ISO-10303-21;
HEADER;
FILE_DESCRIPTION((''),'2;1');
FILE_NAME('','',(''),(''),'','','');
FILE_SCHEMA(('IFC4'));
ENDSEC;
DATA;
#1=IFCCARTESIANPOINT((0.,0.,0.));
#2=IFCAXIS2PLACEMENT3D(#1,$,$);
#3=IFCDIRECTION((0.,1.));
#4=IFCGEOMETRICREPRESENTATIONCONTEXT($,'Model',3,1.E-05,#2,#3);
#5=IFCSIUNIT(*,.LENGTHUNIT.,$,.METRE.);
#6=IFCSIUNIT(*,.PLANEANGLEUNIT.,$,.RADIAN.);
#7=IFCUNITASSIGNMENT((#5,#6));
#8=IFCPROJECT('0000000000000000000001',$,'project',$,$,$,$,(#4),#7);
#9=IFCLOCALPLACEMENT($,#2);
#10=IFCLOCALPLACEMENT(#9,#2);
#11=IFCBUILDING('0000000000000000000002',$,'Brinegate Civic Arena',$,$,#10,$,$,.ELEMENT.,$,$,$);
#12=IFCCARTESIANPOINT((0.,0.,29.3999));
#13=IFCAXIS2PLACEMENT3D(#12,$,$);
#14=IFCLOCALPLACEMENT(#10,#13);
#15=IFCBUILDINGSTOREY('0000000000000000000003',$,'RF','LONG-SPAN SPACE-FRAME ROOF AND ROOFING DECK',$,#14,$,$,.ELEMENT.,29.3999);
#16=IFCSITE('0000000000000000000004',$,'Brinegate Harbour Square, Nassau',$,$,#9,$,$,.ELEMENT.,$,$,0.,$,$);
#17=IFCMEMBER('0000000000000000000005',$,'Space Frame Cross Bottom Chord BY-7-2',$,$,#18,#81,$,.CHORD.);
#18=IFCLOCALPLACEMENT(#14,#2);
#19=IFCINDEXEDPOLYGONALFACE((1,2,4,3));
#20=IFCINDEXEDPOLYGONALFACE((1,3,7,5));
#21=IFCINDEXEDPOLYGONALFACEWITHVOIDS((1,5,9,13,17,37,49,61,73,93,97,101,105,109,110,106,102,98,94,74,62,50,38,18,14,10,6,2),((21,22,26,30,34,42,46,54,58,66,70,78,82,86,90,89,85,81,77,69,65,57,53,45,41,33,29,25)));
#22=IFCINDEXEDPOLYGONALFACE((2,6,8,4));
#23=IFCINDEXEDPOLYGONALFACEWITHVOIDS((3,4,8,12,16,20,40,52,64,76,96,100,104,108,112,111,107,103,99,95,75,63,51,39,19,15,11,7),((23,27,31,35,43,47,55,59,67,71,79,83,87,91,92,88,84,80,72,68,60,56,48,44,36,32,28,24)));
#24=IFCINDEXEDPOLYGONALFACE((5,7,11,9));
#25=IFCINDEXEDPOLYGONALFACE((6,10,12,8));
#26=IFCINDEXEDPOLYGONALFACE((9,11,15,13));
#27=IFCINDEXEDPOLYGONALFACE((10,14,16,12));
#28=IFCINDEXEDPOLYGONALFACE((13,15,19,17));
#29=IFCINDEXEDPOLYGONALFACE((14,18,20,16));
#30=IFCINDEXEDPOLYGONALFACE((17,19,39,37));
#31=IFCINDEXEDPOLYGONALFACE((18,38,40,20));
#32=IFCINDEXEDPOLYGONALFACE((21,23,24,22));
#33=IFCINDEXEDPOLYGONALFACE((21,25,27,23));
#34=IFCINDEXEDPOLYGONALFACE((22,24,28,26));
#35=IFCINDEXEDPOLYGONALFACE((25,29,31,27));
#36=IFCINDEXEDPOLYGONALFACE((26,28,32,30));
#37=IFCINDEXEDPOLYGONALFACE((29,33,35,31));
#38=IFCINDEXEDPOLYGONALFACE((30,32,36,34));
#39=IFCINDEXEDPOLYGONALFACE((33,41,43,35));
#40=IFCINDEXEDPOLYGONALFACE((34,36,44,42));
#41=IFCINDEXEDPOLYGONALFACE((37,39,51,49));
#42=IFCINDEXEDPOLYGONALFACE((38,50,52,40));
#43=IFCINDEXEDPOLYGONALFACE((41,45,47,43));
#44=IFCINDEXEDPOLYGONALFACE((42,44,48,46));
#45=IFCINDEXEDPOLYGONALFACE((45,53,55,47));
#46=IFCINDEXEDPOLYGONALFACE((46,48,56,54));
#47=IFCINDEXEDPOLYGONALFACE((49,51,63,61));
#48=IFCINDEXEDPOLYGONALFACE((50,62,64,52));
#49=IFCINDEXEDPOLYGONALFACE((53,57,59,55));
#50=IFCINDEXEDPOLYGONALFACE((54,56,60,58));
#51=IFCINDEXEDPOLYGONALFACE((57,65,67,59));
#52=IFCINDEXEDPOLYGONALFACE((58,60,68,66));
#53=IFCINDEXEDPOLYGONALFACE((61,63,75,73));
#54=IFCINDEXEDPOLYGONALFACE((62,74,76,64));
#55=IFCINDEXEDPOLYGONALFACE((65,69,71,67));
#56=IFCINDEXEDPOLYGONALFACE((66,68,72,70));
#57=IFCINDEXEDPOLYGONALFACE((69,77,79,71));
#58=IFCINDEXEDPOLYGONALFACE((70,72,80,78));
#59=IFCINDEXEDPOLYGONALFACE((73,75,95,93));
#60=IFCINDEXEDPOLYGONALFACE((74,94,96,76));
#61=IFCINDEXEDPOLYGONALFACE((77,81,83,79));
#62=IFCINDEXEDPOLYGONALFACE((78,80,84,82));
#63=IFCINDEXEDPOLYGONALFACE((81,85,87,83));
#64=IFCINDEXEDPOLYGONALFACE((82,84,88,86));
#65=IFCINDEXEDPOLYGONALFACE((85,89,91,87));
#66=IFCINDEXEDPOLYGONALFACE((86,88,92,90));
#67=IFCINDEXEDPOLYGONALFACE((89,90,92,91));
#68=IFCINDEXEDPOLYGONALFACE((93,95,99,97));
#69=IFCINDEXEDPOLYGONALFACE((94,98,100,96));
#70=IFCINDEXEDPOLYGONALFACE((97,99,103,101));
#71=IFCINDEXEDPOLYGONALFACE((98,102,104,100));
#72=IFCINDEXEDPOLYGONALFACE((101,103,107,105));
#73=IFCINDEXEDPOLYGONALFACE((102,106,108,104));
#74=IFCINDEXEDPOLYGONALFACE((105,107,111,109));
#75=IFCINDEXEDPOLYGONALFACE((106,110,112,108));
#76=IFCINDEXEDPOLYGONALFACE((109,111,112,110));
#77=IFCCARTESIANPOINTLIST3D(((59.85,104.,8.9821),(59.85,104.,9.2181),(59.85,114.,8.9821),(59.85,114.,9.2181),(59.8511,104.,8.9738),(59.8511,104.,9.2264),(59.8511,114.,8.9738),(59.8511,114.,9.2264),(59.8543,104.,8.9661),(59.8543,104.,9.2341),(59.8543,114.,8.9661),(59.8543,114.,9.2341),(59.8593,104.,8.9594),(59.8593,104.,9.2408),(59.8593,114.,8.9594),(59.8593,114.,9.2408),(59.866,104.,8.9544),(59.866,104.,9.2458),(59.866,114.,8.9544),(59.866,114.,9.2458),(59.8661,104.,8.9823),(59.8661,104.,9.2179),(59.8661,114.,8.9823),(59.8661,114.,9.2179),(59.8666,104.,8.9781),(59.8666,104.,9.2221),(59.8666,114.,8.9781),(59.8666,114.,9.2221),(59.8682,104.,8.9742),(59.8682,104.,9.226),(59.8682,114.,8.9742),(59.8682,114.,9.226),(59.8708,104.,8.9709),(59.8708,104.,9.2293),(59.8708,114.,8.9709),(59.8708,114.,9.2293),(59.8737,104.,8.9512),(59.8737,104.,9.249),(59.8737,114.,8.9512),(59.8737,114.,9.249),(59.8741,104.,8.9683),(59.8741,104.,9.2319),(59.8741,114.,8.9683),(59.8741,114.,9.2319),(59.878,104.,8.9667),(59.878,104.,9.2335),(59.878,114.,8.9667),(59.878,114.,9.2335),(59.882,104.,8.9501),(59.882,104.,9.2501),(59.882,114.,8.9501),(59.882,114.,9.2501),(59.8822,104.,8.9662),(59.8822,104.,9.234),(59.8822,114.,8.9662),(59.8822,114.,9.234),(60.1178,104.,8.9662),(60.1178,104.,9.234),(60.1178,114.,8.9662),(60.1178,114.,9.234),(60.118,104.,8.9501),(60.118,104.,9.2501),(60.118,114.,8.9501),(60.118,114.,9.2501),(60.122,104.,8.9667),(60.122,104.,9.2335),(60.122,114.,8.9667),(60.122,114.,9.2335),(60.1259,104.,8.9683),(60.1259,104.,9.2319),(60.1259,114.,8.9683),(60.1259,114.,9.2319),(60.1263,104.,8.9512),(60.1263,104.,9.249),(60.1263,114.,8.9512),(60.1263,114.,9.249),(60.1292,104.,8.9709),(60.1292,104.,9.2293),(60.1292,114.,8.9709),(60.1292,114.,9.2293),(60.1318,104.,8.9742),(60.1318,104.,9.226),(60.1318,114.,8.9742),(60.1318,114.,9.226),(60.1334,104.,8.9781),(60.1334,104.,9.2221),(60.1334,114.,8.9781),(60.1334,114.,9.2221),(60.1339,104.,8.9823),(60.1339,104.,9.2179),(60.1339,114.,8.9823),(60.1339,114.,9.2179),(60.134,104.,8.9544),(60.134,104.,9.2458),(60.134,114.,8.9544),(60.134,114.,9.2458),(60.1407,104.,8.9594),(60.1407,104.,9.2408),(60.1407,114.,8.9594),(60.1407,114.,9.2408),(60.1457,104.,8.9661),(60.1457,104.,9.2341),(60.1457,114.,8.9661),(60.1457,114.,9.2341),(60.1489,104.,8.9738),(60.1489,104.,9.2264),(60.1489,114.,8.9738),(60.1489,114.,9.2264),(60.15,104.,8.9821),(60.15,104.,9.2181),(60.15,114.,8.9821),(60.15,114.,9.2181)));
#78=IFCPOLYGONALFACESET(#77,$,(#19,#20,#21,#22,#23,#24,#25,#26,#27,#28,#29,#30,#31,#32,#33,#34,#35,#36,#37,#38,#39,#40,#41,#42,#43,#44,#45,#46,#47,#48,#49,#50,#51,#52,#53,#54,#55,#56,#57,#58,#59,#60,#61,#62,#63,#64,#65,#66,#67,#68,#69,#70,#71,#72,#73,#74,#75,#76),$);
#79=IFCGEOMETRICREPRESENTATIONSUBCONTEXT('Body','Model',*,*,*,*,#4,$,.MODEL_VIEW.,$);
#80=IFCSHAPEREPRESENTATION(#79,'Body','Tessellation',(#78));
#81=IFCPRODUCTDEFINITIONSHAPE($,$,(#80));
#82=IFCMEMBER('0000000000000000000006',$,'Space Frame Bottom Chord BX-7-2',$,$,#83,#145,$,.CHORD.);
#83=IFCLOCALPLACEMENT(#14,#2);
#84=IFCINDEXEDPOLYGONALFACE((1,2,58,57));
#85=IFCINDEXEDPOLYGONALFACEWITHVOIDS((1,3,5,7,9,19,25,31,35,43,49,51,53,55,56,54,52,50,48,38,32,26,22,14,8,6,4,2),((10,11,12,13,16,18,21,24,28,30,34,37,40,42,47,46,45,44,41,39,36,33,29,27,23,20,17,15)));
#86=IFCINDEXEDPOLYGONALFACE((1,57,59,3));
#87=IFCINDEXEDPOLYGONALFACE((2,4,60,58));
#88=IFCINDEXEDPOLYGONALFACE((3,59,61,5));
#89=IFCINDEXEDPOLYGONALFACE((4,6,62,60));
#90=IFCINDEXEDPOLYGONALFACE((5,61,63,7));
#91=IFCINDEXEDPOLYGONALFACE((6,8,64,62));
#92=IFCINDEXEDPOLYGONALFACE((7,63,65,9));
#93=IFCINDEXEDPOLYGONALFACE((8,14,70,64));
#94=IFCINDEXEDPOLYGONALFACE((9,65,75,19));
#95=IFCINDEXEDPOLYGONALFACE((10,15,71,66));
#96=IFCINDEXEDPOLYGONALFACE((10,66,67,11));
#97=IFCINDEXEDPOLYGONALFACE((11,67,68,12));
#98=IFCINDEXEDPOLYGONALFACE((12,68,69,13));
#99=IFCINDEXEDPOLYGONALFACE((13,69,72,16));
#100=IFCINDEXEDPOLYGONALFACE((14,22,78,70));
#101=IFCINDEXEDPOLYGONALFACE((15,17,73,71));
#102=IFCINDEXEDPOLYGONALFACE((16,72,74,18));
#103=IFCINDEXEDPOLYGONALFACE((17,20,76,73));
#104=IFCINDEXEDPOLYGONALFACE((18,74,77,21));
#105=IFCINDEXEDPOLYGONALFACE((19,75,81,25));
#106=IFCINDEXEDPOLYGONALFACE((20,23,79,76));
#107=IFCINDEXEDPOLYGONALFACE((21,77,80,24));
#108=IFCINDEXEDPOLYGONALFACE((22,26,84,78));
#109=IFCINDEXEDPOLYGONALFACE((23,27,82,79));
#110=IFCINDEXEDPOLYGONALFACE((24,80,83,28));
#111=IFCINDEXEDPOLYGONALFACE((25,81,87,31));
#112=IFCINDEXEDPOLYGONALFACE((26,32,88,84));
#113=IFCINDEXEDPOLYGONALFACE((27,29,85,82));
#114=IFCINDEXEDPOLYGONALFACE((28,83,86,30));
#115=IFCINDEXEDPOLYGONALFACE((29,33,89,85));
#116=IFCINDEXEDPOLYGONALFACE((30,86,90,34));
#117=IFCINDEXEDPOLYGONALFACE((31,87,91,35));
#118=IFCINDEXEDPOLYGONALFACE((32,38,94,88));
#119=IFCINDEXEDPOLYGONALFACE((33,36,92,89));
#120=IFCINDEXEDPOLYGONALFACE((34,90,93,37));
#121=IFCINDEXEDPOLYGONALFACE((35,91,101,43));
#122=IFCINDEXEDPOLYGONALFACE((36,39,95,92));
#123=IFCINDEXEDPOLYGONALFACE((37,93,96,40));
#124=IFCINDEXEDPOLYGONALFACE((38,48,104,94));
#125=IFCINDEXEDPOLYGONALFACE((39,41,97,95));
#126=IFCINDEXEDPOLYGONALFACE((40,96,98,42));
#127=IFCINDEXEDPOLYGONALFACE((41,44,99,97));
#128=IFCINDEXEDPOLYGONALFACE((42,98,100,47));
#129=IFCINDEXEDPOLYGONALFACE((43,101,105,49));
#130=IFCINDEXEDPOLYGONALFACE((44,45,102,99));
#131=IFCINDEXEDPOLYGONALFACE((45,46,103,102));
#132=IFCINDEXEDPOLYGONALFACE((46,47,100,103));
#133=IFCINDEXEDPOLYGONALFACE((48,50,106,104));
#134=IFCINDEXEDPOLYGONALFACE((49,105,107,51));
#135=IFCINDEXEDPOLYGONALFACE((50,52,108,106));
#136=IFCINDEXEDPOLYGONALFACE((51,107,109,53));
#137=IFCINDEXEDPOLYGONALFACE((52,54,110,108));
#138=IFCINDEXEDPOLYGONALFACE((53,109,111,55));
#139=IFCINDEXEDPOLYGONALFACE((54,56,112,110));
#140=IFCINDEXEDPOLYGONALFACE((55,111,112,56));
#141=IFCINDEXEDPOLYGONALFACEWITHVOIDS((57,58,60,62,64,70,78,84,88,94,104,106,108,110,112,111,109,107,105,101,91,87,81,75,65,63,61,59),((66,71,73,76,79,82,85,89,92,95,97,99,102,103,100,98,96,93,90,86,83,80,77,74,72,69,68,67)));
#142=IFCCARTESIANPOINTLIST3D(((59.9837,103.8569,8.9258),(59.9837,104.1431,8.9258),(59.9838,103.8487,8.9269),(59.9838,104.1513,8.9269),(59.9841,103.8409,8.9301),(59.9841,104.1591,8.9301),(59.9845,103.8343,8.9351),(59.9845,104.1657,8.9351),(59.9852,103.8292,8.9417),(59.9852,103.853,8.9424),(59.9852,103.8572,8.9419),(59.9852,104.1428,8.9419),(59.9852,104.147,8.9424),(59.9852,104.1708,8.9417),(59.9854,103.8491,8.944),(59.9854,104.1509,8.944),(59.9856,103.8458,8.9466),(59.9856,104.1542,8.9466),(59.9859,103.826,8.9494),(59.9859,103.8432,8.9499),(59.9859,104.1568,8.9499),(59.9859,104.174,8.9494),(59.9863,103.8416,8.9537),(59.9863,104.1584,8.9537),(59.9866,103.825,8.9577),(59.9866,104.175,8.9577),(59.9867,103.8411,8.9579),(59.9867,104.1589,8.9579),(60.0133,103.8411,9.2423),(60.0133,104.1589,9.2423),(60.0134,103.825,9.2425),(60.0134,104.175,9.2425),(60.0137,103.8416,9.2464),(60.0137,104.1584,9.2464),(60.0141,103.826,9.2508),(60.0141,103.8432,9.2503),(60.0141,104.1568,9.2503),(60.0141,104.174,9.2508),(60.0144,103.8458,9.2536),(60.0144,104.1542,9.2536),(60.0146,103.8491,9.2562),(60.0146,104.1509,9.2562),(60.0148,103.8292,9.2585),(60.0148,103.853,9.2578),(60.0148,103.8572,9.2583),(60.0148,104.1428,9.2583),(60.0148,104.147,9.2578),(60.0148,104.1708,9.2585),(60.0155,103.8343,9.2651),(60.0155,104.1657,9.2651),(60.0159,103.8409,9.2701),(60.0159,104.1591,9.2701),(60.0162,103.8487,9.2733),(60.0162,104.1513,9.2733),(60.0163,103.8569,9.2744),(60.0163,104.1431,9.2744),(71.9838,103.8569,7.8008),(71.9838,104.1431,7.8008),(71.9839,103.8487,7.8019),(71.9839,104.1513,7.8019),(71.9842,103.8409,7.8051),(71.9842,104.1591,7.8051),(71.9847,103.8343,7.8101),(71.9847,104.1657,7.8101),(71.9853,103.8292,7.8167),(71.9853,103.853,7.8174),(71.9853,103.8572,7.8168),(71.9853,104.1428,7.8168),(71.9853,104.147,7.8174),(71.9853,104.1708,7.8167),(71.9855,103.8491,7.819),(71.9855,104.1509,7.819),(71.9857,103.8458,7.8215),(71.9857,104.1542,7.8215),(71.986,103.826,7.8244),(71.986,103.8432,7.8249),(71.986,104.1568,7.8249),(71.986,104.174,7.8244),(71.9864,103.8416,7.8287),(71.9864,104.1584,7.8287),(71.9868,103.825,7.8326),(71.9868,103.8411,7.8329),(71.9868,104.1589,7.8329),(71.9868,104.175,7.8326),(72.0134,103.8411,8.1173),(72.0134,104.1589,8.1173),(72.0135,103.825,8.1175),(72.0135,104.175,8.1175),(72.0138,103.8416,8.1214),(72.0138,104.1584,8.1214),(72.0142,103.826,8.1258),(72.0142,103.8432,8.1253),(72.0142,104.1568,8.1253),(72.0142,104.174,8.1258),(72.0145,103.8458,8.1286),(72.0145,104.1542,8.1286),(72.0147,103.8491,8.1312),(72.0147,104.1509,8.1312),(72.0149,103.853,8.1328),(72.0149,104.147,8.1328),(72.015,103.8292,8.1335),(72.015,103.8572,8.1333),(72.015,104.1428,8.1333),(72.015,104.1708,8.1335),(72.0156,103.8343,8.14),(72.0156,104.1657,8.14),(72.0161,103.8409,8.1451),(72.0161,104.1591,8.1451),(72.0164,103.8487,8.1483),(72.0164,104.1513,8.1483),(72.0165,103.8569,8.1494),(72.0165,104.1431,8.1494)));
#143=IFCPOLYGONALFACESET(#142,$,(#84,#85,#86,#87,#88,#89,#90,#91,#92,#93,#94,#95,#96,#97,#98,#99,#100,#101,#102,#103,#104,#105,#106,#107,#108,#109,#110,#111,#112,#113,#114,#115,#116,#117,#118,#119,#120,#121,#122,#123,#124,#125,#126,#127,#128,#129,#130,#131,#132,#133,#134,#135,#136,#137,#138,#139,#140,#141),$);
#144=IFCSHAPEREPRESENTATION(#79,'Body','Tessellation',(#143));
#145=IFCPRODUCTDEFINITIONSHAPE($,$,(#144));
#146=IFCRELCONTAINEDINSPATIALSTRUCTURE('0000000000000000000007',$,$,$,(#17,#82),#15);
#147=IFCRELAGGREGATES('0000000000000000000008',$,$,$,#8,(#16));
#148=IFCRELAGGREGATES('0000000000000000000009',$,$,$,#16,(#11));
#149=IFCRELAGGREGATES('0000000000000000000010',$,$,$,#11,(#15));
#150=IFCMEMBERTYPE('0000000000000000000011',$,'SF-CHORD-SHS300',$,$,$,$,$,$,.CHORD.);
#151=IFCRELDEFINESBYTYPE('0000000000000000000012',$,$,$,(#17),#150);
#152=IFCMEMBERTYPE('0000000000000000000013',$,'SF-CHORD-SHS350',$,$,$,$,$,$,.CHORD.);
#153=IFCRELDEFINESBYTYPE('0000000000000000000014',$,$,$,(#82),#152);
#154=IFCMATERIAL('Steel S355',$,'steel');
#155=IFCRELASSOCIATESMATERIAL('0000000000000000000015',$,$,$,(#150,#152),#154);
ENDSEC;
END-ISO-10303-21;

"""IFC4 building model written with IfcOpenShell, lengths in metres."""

from ifc_helpers import new_model, si_unit, direction, frame, origin, origin_2d, place, context, subcontext, project, spatial, hollow_rectangle, extrude, material, material_profile, profile_set, type_object, element, save


model = new_model("IFC4")

# Units and contexts
model_context = context("Model", 3, precision=1e-05, world=origin(), true_north=direction((0.0, 1.0)))
body_context = subcontext(model_context, "Body", "Model", "MODEL_VIEW")
ifc_project = project(units=[si_unit("LENGTHUNIT", "METRE"), si_unit("PLANEANGLEUNIT", "RADIAN")], contexts=[model_context])

# Site, building, storey
site_placement = place(None, origin())
site = spatial("IfcSite", under=ifc_project, at=site_placement, Name="Brinegate Harbour Square, Nassau", CompositionType="ELEMENT", RefElevation=0.0)
building_placement = place(site_placement, origin())
building = spatial("IfcBuilding", under=site, at=building_placement, Name="Brinegate Civic Arena", CompositionType="ELEMENT")
storey_placement = place(building_placement, frame((0.0, 0.0, 29.3999)))
storey = spatial("IfcBuildingStorey", under=building, at=storey_placement, Name="RF", Description="LONG-SPAN SPACE-FRAME ROOF AND ROOFING DECK", CompositionType="ELEMENT", Elevation=29.3999)

# Shared definitions
ifc_material_1 = material(Name="Steel S355", Category="steel")

# Members
ifc_material_profile_1 = material_profile(ifc_material_1, hollow_rectangle(XDim=0.3, YDim=0.3, WallThickness=0.0161, InnerFilletRadius=0.0161, OuterFilletRadius=0.032, at=origin_2d()), Name="SHS300X16")
ifc_profile_set_1 = profile_set([ifc_material_profile_1], Name="Steel S355")
member_type_1 = type_object("IfcMemberType", Name="SF-CHORD-SHS300", PredefinedType="CHORD", material=ifc_profile_set_1)
for number, where, z_axis, x_axis, name in (
    (1, (60.0, 104.0, 9.1001), (0.0, 1.0, 0.0), (-1.0, 0.0, 0.0), "Space Frame Cross Bottom Chord BY-7-2"),
):
    element("IfcMember", number, at=place(storey_placement, frame(where, z_axis=z_axis, x_axis=x_axis)), inside=storey, type_object=member_type_1, Name=name, PredefinedType="CHORD", context=body_context, shape_type="SweptSolid", body=[
        extrude(hollow_rectangle(XDim=0.3, YDim=0.3, WallThickness=0.0161, InnerFilletRadius=0.0161, OuterFilletRadius=0.032, at=origin_2d()), origin(), (0.0, 0.0, 1.0), 10.0),
    ])
ifc_material_profile_2 = material_profile(ifc_material_1, hollow_rectangle(XDim=0.3501, YDim=0.3501, WallThickness=0.0161, InnerFilletRadius=0.0161, OuterFilletRadius=0.032, at=origin_2d()), Name="SHS350X16")
ifc_profile_set_2 = profile_set([ifc_material_profile_2], Name="Steel S355")
member_type_2 = type_object("IfcMemberType", Name="SF-CHORD-SHS350", PredefinedType="CHORD", material=ifc_profile_set_2)
member_1_placement = place(storey_placement, frame((60.0, 104.0, 9.1001), z_axis=(0.995634, 0.0, -0.093341), x_axis=(0.0, 1.0, 0.0)))
element("IfcMember", 2, at=member_1_placement, inside=storey, type_object=member_type_2, Name="Space Frame Bottom Chord BX-7-2", PredefinedType="CHORD", context=body_context, shape_type="SweptSolid", body=[
    extrude(hollow_rectangle(XDim=0.3501, YDim=0.3501, WallThickness=0.0161, InnerFilletRadius=0.0161, OuterFilletRadius=0.032, at=origin_2d()), origin(), (0.0, 0.0, 1.0), 12.0527),
])

save(model, "model.ifc")
